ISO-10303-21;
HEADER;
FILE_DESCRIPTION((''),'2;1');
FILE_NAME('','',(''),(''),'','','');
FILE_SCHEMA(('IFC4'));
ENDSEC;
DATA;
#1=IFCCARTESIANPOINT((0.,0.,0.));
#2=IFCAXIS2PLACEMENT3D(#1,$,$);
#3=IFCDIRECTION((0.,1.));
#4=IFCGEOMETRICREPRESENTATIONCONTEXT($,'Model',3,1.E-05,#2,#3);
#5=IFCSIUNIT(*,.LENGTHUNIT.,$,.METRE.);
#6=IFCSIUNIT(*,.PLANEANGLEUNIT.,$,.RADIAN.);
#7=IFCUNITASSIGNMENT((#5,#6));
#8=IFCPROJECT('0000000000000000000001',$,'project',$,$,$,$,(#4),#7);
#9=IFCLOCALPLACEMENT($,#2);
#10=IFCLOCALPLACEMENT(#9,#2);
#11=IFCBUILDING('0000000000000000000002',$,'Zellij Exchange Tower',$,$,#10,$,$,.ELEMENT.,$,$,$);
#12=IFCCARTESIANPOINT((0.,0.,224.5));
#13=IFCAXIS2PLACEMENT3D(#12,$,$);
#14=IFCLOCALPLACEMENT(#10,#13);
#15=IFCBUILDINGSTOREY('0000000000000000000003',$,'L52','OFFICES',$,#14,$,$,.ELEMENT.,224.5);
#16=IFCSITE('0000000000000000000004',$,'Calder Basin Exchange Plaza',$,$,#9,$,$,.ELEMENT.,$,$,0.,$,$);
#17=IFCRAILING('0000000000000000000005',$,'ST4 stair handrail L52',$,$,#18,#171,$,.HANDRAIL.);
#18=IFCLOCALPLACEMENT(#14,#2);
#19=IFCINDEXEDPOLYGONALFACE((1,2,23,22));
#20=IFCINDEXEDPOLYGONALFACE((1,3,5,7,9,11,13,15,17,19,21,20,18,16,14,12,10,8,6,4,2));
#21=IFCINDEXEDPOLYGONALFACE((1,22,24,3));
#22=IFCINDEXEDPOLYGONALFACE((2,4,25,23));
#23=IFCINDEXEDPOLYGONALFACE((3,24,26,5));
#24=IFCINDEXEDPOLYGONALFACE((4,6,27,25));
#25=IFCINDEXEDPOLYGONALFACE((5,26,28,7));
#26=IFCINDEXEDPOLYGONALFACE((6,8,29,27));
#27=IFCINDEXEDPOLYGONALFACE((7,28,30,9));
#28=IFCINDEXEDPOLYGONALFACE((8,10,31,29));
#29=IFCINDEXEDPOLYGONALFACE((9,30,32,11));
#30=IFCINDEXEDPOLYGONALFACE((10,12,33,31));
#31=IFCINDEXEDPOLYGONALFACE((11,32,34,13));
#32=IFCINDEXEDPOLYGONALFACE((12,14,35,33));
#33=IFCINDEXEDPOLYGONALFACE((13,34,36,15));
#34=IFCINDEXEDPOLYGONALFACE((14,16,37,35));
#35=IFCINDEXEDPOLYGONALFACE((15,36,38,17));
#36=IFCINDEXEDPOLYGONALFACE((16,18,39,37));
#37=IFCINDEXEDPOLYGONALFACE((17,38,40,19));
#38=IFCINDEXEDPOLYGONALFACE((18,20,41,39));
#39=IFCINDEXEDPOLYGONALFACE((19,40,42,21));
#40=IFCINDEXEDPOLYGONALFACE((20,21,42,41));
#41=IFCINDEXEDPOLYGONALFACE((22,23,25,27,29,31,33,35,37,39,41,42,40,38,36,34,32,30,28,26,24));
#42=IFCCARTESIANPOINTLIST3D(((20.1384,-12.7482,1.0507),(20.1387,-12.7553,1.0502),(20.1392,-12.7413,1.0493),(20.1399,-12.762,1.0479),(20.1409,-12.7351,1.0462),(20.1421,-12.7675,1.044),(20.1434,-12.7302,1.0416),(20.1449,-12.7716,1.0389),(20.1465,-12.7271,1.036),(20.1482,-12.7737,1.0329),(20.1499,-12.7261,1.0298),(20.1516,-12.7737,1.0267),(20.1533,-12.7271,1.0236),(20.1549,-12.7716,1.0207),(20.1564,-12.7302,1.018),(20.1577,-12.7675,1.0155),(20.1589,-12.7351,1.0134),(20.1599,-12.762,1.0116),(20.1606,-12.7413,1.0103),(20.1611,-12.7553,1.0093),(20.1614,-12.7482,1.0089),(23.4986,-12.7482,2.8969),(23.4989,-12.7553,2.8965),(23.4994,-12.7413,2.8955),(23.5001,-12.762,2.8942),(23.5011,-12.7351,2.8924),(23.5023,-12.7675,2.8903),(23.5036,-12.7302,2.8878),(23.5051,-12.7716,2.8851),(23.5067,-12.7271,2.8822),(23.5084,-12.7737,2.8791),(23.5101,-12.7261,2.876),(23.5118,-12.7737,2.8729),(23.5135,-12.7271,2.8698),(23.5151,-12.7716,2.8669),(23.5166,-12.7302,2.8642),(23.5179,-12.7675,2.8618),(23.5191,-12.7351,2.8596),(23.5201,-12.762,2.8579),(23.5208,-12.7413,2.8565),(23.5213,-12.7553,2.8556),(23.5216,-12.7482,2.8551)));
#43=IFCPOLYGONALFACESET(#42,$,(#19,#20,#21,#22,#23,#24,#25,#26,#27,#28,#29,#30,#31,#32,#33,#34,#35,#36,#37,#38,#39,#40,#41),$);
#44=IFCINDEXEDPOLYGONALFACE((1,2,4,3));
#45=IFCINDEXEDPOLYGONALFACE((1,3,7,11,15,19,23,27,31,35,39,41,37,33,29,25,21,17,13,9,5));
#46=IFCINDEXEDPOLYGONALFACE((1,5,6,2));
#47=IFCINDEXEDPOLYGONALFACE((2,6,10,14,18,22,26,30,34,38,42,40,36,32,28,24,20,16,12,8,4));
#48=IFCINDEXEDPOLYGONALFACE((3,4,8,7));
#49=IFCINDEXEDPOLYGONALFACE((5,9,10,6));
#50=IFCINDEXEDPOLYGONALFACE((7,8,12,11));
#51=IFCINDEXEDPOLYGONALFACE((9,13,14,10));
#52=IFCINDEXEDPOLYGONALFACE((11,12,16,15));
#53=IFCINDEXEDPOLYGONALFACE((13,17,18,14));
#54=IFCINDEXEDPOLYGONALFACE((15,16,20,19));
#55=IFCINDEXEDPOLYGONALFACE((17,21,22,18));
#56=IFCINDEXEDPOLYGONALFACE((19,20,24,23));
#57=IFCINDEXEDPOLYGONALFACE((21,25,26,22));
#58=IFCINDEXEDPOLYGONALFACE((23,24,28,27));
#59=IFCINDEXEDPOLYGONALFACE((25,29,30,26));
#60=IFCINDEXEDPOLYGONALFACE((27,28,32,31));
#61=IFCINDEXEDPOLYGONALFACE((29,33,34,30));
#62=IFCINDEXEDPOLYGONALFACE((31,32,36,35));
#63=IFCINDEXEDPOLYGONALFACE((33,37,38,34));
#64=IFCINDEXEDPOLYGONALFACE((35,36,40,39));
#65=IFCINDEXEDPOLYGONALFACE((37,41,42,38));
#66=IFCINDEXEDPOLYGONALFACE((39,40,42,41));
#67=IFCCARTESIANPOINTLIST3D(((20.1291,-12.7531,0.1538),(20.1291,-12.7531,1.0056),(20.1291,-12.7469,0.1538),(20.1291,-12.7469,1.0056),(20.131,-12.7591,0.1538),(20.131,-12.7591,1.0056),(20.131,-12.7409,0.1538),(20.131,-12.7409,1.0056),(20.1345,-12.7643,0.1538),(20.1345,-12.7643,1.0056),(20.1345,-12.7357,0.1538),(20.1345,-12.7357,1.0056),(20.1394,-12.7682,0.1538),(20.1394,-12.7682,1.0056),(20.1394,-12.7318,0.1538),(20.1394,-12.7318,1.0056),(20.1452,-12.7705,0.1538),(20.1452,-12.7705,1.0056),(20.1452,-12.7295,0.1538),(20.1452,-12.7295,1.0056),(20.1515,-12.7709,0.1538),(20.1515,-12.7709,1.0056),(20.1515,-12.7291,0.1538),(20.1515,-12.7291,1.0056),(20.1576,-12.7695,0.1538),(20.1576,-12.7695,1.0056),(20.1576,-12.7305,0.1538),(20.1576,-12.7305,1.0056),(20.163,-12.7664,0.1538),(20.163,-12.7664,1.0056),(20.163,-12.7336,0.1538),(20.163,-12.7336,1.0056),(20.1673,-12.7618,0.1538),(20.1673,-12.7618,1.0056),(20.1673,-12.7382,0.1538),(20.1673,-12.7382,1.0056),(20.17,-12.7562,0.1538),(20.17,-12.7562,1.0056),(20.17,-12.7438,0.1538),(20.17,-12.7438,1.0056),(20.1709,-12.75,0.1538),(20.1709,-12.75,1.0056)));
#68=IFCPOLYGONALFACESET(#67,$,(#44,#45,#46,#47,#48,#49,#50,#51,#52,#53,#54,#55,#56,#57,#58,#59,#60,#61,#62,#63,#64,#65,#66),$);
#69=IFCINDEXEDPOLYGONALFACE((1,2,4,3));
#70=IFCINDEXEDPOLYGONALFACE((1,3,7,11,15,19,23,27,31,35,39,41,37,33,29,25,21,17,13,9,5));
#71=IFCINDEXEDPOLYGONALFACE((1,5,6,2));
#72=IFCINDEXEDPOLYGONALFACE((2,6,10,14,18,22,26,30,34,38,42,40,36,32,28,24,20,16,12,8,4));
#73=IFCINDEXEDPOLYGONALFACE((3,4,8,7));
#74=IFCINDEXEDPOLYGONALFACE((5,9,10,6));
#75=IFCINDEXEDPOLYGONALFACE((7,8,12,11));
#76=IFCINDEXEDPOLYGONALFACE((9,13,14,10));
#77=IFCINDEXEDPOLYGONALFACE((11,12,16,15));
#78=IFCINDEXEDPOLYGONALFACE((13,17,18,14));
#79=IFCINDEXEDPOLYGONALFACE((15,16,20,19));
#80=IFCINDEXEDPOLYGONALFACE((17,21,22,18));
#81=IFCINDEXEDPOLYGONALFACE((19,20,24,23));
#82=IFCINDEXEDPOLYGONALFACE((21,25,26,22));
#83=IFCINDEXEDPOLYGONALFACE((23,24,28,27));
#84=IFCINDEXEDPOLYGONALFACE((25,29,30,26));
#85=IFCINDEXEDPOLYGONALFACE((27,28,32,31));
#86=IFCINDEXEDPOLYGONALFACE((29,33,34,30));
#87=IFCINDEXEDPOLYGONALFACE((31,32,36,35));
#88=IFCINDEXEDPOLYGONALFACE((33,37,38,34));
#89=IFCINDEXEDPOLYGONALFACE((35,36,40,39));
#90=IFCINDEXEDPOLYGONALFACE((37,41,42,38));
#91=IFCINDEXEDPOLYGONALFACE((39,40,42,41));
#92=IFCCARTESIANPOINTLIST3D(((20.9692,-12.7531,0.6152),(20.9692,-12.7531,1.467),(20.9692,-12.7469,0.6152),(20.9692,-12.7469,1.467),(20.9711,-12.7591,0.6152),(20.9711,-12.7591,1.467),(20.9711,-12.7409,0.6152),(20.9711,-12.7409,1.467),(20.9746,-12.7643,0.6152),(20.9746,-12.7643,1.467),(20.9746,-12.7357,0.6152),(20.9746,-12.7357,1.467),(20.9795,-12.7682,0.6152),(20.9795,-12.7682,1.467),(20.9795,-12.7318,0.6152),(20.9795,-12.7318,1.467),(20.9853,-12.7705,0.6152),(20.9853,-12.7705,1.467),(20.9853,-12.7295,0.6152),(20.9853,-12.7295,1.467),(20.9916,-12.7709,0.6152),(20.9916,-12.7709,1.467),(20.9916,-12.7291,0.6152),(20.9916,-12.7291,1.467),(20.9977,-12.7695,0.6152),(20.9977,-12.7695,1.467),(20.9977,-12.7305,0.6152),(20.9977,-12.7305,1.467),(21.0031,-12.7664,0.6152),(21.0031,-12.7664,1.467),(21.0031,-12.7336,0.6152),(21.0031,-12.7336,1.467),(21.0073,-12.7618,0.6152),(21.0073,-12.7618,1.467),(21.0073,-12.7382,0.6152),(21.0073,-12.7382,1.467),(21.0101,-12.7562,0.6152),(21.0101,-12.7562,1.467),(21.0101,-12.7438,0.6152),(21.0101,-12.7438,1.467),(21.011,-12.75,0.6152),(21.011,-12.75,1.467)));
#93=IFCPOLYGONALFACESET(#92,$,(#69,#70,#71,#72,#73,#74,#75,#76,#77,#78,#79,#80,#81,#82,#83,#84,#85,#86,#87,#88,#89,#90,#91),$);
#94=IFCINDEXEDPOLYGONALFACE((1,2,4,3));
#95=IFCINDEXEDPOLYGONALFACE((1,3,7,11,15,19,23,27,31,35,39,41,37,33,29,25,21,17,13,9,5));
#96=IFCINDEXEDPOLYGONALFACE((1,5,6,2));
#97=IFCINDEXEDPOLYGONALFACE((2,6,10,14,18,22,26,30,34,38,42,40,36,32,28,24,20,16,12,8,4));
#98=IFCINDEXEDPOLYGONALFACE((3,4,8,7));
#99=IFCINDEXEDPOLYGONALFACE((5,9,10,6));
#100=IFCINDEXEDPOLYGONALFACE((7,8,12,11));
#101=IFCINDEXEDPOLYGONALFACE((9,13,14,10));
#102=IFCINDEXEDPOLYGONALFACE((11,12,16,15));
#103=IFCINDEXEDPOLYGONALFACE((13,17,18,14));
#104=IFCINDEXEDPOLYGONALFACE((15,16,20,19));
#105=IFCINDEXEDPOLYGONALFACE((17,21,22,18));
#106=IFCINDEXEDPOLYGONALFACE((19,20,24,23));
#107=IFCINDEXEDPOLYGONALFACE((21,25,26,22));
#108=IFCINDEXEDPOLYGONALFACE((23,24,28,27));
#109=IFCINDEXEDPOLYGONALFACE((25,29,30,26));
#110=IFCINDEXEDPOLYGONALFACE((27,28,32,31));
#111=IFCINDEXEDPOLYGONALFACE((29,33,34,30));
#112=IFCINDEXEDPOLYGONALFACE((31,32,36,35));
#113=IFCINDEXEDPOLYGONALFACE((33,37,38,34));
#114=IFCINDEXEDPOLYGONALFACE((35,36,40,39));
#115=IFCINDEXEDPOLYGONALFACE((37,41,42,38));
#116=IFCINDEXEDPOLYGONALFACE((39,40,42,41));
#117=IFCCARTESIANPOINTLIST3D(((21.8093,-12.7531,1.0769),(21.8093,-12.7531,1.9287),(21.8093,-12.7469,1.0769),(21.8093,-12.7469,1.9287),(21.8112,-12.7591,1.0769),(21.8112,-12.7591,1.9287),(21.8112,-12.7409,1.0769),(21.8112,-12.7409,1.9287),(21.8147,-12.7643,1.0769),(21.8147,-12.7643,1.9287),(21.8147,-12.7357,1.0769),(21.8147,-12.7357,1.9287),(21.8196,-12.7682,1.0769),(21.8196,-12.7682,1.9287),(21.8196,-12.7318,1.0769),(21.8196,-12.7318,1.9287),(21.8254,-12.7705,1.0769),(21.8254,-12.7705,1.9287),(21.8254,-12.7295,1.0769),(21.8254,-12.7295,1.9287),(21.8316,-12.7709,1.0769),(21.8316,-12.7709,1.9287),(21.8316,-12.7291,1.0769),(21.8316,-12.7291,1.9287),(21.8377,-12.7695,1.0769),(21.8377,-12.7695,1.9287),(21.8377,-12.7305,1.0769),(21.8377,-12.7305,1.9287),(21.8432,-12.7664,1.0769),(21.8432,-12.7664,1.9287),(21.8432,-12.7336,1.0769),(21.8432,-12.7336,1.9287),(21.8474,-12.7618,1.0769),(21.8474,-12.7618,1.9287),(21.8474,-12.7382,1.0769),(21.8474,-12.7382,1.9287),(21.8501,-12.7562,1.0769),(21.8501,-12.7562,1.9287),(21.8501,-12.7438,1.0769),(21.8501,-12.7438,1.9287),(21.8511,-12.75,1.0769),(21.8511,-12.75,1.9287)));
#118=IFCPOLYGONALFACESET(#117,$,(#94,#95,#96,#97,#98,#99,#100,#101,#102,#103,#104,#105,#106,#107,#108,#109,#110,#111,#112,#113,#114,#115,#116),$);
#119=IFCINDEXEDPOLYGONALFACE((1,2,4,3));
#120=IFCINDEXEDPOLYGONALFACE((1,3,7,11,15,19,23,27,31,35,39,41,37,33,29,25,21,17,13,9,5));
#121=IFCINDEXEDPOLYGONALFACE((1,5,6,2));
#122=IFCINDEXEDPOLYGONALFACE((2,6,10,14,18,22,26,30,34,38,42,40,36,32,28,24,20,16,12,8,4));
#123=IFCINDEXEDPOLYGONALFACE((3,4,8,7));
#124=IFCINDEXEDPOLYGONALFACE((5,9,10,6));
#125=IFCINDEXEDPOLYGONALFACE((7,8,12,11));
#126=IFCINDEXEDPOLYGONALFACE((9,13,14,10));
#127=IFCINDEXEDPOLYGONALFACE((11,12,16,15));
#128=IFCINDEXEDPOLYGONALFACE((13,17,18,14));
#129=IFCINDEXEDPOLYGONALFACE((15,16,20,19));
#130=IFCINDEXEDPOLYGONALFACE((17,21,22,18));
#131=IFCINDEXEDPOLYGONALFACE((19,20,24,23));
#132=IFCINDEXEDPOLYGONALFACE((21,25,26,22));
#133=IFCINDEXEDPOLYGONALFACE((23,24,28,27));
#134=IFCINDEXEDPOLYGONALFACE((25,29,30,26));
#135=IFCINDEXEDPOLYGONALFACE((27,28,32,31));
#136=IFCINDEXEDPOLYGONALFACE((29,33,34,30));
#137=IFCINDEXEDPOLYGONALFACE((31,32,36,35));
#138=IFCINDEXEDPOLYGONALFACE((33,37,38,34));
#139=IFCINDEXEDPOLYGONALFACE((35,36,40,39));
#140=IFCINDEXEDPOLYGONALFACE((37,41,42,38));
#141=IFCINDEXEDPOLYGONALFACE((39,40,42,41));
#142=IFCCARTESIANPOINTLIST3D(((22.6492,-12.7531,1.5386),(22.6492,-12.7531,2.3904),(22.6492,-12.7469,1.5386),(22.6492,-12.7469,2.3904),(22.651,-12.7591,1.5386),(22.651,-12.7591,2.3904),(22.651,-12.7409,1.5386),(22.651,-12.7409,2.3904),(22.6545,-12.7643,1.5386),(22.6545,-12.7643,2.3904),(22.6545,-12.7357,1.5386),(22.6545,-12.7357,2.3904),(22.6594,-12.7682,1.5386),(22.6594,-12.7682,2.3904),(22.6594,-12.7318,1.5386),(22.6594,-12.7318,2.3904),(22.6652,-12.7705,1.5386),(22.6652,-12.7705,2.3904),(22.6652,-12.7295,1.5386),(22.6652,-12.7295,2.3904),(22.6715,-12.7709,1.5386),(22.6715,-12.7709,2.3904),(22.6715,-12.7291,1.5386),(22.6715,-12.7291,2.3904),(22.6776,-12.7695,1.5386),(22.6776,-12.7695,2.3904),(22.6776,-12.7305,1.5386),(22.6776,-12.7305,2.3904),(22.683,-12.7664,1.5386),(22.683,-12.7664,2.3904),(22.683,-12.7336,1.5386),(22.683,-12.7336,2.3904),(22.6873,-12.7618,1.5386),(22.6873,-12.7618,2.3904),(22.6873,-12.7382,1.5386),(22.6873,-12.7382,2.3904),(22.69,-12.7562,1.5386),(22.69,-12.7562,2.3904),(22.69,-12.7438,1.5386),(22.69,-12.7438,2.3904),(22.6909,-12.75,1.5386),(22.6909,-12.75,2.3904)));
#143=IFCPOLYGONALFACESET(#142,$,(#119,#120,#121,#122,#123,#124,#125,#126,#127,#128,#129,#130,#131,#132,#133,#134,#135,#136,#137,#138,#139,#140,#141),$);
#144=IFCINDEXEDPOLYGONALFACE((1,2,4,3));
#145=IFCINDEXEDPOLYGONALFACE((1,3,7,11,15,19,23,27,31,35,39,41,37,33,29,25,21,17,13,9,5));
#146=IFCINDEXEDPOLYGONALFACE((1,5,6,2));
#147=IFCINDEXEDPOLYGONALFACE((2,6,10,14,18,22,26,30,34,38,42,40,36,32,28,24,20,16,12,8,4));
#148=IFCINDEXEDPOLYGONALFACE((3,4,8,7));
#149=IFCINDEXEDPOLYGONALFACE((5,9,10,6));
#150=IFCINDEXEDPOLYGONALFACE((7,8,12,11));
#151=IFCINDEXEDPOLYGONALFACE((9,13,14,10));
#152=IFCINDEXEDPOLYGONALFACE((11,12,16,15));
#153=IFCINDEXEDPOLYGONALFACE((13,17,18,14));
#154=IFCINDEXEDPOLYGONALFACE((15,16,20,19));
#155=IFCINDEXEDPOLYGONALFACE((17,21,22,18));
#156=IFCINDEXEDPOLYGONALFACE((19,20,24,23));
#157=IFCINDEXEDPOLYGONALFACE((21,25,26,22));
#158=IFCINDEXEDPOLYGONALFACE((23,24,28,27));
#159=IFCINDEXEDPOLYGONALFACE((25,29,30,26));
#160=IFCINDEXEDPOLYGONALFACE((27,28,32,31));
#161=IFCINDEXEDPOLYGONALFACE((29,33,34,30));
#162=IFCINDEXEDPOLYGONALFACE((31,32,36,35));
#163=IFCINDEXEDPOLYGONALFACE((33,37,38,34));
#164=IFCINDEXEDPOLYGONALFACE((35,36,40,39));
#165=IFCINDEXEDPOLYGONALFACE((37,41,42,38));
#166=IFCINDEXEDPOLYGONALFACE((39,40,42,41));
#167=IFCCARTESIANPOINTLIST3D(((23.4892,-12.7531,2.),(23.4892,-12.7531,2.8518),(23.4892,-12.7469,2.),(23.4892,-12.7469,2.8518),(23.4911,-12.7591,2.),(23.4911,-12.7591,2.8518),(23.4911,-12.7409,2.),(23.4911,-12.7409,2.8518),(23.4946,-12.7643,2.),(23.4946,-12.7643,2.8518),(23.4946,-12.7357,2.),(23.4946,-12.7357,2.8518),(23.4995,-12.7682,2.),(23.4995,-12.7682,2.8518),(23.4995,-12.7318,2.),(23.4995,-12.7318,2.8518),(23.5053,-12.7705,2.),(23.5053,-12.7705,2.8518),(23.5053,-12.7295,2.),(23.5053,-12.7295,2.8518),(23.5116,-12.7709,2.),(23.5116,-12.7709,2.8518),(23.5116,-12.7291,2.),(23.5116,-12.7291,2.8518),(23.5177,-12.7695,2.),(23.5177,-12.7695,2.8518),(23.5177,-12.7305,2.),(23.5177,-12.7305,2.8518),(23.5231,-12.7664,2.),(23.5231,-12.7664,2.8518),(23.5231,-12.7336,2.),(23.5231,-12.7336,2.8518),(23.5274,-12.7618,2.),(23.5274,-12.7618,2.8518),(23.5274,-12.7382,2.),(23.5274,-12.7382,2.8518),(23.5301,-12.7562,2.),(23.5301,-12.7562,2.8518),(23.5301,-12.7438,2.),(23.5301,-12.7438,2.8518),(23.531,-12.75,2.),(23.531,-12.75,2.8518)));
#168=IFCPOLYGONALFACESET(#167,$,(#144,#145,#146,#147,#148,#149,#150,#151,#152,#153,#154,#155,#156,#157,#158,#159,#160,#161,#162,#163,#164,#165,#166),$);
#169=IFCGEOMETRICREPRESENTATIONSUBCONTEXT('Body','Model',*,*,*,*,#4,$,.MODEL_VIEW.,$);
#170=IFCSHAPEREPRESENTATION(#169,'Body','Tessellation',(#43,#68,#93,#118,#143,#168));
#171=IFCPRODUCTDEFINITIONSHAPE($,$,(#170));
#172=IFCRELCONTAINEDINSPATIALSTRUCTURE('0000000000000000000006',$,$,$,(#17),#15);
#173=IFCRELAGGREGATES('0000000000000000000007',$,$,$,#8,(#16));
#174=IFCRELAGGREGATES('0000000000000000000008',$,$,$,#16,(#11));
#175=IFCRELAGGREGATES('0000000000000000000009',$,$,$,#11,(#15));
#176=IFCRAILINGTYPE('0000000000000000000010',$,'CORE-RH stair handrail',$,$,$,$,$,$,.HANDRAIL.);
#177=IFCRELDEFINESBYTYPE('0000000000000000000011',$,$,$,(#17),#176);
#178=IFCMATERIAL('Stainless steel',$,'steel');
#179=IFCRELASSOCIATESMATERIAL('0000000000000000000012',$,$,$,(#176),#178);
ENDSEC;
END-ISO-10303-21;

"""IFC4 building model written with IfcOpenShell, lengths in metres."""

from ifc_helpers import new_model, si_unit, direction, frame, origin, origin_2d, place, context, subcontext, project, spatial, circle, extrude, material, type_object, element, save


model = new_model("IFC4")

# Units and contexts
model_context = context("Model", 3, precision=1e-05, world=origin(), true_north=direction((0.0, 1.0)))
body_context = subcontext(model_context, "Body", "Model", "MODEL_VIEW")
ifc_project = project(units=[si_unit("LENGTHUNIT", "METRE"), si_unit("PLANEANGLEUNIT", "RADIAN")], contexts=[model_context])

# Site, building, storey
site_placement = place(None, origin())
site = spatial("IfcSite", under=ifc_project, at=site_placement, Name="Calder Basin Exchange Plaza", CompositionType="ELEMENT", RefElevation=0.0)
building_placement = place(site_placement, origin())
building = spatial("IfcBuilding", under=site, at=building_placement, Name="Zellij Exchange Tower", CompositionType="ELEMENT")
storey_placement = place(building_placement, frame((0.0, 0.0, 224.5)))
storey = spatial("IfcBuildingStorey", under=building, at=storey_placement, Name="L52", Description="OFFICES", CompositionType="ELEMENT", Elevation=224.5)

# Railing
ifc_material_1 = material(Name="Stainless steel", Category="steel")
railing_type_1 = type_object("IfcRailingType", Name="CORE-RH stair handrail", PredefinedType="HANDRAIL", material=ifc_material_1)
railing_1_placement = place(storey_placement, frame((20.1499, -12.75, 0.1538)))
element("IfcRailing", 1, at=railing_1_placement, inside=storey, type_object=railing_type_1, Name="ST4 stair handrail L52", PredefinedType="HANDRAIL", context=body_context, shape_type="SweptSolid", body=[
    extrude(circle(Radius=0.0239, at=origin_2d()), frame((0.0, 0.0, 0.876), z_axis=(0.876422, 0.0, 0.481545), x_axis=(0.0, 1.0, 0.0)), (0.0, 0.0, 1.0), 3.834),
    extrude(circle(Radius=0.021, at=origin_2d()), origin(), (0.0, 0.0, 1.0), 0.8518),
    extrude(circle(Radius=0.021, at=origin_2d()), frame((0.8401, 0.0, 0.4614)), (0.0, 0.0, 1.0), 0.8518),
    extrude(circle(Radius=0.021, at=origin_2d()), frame((1.6802, 0.0, 0.9231)), (0.0, 0.0, 1.0), 0.8518),
    extrude(circle(Radius=0.021, at=origin_2d()), frame((2.52, 0.0, 1.3848)), (0.0, 0.0, 1.0), 0.8518),
    extrude(circle(Radius=0.021, at=origin_2d()), frame((3.3601, 0.0, 1.8462)), (0.0, 0.0, 1.0), 0.8518),
])

save(model, "model.ifc")
